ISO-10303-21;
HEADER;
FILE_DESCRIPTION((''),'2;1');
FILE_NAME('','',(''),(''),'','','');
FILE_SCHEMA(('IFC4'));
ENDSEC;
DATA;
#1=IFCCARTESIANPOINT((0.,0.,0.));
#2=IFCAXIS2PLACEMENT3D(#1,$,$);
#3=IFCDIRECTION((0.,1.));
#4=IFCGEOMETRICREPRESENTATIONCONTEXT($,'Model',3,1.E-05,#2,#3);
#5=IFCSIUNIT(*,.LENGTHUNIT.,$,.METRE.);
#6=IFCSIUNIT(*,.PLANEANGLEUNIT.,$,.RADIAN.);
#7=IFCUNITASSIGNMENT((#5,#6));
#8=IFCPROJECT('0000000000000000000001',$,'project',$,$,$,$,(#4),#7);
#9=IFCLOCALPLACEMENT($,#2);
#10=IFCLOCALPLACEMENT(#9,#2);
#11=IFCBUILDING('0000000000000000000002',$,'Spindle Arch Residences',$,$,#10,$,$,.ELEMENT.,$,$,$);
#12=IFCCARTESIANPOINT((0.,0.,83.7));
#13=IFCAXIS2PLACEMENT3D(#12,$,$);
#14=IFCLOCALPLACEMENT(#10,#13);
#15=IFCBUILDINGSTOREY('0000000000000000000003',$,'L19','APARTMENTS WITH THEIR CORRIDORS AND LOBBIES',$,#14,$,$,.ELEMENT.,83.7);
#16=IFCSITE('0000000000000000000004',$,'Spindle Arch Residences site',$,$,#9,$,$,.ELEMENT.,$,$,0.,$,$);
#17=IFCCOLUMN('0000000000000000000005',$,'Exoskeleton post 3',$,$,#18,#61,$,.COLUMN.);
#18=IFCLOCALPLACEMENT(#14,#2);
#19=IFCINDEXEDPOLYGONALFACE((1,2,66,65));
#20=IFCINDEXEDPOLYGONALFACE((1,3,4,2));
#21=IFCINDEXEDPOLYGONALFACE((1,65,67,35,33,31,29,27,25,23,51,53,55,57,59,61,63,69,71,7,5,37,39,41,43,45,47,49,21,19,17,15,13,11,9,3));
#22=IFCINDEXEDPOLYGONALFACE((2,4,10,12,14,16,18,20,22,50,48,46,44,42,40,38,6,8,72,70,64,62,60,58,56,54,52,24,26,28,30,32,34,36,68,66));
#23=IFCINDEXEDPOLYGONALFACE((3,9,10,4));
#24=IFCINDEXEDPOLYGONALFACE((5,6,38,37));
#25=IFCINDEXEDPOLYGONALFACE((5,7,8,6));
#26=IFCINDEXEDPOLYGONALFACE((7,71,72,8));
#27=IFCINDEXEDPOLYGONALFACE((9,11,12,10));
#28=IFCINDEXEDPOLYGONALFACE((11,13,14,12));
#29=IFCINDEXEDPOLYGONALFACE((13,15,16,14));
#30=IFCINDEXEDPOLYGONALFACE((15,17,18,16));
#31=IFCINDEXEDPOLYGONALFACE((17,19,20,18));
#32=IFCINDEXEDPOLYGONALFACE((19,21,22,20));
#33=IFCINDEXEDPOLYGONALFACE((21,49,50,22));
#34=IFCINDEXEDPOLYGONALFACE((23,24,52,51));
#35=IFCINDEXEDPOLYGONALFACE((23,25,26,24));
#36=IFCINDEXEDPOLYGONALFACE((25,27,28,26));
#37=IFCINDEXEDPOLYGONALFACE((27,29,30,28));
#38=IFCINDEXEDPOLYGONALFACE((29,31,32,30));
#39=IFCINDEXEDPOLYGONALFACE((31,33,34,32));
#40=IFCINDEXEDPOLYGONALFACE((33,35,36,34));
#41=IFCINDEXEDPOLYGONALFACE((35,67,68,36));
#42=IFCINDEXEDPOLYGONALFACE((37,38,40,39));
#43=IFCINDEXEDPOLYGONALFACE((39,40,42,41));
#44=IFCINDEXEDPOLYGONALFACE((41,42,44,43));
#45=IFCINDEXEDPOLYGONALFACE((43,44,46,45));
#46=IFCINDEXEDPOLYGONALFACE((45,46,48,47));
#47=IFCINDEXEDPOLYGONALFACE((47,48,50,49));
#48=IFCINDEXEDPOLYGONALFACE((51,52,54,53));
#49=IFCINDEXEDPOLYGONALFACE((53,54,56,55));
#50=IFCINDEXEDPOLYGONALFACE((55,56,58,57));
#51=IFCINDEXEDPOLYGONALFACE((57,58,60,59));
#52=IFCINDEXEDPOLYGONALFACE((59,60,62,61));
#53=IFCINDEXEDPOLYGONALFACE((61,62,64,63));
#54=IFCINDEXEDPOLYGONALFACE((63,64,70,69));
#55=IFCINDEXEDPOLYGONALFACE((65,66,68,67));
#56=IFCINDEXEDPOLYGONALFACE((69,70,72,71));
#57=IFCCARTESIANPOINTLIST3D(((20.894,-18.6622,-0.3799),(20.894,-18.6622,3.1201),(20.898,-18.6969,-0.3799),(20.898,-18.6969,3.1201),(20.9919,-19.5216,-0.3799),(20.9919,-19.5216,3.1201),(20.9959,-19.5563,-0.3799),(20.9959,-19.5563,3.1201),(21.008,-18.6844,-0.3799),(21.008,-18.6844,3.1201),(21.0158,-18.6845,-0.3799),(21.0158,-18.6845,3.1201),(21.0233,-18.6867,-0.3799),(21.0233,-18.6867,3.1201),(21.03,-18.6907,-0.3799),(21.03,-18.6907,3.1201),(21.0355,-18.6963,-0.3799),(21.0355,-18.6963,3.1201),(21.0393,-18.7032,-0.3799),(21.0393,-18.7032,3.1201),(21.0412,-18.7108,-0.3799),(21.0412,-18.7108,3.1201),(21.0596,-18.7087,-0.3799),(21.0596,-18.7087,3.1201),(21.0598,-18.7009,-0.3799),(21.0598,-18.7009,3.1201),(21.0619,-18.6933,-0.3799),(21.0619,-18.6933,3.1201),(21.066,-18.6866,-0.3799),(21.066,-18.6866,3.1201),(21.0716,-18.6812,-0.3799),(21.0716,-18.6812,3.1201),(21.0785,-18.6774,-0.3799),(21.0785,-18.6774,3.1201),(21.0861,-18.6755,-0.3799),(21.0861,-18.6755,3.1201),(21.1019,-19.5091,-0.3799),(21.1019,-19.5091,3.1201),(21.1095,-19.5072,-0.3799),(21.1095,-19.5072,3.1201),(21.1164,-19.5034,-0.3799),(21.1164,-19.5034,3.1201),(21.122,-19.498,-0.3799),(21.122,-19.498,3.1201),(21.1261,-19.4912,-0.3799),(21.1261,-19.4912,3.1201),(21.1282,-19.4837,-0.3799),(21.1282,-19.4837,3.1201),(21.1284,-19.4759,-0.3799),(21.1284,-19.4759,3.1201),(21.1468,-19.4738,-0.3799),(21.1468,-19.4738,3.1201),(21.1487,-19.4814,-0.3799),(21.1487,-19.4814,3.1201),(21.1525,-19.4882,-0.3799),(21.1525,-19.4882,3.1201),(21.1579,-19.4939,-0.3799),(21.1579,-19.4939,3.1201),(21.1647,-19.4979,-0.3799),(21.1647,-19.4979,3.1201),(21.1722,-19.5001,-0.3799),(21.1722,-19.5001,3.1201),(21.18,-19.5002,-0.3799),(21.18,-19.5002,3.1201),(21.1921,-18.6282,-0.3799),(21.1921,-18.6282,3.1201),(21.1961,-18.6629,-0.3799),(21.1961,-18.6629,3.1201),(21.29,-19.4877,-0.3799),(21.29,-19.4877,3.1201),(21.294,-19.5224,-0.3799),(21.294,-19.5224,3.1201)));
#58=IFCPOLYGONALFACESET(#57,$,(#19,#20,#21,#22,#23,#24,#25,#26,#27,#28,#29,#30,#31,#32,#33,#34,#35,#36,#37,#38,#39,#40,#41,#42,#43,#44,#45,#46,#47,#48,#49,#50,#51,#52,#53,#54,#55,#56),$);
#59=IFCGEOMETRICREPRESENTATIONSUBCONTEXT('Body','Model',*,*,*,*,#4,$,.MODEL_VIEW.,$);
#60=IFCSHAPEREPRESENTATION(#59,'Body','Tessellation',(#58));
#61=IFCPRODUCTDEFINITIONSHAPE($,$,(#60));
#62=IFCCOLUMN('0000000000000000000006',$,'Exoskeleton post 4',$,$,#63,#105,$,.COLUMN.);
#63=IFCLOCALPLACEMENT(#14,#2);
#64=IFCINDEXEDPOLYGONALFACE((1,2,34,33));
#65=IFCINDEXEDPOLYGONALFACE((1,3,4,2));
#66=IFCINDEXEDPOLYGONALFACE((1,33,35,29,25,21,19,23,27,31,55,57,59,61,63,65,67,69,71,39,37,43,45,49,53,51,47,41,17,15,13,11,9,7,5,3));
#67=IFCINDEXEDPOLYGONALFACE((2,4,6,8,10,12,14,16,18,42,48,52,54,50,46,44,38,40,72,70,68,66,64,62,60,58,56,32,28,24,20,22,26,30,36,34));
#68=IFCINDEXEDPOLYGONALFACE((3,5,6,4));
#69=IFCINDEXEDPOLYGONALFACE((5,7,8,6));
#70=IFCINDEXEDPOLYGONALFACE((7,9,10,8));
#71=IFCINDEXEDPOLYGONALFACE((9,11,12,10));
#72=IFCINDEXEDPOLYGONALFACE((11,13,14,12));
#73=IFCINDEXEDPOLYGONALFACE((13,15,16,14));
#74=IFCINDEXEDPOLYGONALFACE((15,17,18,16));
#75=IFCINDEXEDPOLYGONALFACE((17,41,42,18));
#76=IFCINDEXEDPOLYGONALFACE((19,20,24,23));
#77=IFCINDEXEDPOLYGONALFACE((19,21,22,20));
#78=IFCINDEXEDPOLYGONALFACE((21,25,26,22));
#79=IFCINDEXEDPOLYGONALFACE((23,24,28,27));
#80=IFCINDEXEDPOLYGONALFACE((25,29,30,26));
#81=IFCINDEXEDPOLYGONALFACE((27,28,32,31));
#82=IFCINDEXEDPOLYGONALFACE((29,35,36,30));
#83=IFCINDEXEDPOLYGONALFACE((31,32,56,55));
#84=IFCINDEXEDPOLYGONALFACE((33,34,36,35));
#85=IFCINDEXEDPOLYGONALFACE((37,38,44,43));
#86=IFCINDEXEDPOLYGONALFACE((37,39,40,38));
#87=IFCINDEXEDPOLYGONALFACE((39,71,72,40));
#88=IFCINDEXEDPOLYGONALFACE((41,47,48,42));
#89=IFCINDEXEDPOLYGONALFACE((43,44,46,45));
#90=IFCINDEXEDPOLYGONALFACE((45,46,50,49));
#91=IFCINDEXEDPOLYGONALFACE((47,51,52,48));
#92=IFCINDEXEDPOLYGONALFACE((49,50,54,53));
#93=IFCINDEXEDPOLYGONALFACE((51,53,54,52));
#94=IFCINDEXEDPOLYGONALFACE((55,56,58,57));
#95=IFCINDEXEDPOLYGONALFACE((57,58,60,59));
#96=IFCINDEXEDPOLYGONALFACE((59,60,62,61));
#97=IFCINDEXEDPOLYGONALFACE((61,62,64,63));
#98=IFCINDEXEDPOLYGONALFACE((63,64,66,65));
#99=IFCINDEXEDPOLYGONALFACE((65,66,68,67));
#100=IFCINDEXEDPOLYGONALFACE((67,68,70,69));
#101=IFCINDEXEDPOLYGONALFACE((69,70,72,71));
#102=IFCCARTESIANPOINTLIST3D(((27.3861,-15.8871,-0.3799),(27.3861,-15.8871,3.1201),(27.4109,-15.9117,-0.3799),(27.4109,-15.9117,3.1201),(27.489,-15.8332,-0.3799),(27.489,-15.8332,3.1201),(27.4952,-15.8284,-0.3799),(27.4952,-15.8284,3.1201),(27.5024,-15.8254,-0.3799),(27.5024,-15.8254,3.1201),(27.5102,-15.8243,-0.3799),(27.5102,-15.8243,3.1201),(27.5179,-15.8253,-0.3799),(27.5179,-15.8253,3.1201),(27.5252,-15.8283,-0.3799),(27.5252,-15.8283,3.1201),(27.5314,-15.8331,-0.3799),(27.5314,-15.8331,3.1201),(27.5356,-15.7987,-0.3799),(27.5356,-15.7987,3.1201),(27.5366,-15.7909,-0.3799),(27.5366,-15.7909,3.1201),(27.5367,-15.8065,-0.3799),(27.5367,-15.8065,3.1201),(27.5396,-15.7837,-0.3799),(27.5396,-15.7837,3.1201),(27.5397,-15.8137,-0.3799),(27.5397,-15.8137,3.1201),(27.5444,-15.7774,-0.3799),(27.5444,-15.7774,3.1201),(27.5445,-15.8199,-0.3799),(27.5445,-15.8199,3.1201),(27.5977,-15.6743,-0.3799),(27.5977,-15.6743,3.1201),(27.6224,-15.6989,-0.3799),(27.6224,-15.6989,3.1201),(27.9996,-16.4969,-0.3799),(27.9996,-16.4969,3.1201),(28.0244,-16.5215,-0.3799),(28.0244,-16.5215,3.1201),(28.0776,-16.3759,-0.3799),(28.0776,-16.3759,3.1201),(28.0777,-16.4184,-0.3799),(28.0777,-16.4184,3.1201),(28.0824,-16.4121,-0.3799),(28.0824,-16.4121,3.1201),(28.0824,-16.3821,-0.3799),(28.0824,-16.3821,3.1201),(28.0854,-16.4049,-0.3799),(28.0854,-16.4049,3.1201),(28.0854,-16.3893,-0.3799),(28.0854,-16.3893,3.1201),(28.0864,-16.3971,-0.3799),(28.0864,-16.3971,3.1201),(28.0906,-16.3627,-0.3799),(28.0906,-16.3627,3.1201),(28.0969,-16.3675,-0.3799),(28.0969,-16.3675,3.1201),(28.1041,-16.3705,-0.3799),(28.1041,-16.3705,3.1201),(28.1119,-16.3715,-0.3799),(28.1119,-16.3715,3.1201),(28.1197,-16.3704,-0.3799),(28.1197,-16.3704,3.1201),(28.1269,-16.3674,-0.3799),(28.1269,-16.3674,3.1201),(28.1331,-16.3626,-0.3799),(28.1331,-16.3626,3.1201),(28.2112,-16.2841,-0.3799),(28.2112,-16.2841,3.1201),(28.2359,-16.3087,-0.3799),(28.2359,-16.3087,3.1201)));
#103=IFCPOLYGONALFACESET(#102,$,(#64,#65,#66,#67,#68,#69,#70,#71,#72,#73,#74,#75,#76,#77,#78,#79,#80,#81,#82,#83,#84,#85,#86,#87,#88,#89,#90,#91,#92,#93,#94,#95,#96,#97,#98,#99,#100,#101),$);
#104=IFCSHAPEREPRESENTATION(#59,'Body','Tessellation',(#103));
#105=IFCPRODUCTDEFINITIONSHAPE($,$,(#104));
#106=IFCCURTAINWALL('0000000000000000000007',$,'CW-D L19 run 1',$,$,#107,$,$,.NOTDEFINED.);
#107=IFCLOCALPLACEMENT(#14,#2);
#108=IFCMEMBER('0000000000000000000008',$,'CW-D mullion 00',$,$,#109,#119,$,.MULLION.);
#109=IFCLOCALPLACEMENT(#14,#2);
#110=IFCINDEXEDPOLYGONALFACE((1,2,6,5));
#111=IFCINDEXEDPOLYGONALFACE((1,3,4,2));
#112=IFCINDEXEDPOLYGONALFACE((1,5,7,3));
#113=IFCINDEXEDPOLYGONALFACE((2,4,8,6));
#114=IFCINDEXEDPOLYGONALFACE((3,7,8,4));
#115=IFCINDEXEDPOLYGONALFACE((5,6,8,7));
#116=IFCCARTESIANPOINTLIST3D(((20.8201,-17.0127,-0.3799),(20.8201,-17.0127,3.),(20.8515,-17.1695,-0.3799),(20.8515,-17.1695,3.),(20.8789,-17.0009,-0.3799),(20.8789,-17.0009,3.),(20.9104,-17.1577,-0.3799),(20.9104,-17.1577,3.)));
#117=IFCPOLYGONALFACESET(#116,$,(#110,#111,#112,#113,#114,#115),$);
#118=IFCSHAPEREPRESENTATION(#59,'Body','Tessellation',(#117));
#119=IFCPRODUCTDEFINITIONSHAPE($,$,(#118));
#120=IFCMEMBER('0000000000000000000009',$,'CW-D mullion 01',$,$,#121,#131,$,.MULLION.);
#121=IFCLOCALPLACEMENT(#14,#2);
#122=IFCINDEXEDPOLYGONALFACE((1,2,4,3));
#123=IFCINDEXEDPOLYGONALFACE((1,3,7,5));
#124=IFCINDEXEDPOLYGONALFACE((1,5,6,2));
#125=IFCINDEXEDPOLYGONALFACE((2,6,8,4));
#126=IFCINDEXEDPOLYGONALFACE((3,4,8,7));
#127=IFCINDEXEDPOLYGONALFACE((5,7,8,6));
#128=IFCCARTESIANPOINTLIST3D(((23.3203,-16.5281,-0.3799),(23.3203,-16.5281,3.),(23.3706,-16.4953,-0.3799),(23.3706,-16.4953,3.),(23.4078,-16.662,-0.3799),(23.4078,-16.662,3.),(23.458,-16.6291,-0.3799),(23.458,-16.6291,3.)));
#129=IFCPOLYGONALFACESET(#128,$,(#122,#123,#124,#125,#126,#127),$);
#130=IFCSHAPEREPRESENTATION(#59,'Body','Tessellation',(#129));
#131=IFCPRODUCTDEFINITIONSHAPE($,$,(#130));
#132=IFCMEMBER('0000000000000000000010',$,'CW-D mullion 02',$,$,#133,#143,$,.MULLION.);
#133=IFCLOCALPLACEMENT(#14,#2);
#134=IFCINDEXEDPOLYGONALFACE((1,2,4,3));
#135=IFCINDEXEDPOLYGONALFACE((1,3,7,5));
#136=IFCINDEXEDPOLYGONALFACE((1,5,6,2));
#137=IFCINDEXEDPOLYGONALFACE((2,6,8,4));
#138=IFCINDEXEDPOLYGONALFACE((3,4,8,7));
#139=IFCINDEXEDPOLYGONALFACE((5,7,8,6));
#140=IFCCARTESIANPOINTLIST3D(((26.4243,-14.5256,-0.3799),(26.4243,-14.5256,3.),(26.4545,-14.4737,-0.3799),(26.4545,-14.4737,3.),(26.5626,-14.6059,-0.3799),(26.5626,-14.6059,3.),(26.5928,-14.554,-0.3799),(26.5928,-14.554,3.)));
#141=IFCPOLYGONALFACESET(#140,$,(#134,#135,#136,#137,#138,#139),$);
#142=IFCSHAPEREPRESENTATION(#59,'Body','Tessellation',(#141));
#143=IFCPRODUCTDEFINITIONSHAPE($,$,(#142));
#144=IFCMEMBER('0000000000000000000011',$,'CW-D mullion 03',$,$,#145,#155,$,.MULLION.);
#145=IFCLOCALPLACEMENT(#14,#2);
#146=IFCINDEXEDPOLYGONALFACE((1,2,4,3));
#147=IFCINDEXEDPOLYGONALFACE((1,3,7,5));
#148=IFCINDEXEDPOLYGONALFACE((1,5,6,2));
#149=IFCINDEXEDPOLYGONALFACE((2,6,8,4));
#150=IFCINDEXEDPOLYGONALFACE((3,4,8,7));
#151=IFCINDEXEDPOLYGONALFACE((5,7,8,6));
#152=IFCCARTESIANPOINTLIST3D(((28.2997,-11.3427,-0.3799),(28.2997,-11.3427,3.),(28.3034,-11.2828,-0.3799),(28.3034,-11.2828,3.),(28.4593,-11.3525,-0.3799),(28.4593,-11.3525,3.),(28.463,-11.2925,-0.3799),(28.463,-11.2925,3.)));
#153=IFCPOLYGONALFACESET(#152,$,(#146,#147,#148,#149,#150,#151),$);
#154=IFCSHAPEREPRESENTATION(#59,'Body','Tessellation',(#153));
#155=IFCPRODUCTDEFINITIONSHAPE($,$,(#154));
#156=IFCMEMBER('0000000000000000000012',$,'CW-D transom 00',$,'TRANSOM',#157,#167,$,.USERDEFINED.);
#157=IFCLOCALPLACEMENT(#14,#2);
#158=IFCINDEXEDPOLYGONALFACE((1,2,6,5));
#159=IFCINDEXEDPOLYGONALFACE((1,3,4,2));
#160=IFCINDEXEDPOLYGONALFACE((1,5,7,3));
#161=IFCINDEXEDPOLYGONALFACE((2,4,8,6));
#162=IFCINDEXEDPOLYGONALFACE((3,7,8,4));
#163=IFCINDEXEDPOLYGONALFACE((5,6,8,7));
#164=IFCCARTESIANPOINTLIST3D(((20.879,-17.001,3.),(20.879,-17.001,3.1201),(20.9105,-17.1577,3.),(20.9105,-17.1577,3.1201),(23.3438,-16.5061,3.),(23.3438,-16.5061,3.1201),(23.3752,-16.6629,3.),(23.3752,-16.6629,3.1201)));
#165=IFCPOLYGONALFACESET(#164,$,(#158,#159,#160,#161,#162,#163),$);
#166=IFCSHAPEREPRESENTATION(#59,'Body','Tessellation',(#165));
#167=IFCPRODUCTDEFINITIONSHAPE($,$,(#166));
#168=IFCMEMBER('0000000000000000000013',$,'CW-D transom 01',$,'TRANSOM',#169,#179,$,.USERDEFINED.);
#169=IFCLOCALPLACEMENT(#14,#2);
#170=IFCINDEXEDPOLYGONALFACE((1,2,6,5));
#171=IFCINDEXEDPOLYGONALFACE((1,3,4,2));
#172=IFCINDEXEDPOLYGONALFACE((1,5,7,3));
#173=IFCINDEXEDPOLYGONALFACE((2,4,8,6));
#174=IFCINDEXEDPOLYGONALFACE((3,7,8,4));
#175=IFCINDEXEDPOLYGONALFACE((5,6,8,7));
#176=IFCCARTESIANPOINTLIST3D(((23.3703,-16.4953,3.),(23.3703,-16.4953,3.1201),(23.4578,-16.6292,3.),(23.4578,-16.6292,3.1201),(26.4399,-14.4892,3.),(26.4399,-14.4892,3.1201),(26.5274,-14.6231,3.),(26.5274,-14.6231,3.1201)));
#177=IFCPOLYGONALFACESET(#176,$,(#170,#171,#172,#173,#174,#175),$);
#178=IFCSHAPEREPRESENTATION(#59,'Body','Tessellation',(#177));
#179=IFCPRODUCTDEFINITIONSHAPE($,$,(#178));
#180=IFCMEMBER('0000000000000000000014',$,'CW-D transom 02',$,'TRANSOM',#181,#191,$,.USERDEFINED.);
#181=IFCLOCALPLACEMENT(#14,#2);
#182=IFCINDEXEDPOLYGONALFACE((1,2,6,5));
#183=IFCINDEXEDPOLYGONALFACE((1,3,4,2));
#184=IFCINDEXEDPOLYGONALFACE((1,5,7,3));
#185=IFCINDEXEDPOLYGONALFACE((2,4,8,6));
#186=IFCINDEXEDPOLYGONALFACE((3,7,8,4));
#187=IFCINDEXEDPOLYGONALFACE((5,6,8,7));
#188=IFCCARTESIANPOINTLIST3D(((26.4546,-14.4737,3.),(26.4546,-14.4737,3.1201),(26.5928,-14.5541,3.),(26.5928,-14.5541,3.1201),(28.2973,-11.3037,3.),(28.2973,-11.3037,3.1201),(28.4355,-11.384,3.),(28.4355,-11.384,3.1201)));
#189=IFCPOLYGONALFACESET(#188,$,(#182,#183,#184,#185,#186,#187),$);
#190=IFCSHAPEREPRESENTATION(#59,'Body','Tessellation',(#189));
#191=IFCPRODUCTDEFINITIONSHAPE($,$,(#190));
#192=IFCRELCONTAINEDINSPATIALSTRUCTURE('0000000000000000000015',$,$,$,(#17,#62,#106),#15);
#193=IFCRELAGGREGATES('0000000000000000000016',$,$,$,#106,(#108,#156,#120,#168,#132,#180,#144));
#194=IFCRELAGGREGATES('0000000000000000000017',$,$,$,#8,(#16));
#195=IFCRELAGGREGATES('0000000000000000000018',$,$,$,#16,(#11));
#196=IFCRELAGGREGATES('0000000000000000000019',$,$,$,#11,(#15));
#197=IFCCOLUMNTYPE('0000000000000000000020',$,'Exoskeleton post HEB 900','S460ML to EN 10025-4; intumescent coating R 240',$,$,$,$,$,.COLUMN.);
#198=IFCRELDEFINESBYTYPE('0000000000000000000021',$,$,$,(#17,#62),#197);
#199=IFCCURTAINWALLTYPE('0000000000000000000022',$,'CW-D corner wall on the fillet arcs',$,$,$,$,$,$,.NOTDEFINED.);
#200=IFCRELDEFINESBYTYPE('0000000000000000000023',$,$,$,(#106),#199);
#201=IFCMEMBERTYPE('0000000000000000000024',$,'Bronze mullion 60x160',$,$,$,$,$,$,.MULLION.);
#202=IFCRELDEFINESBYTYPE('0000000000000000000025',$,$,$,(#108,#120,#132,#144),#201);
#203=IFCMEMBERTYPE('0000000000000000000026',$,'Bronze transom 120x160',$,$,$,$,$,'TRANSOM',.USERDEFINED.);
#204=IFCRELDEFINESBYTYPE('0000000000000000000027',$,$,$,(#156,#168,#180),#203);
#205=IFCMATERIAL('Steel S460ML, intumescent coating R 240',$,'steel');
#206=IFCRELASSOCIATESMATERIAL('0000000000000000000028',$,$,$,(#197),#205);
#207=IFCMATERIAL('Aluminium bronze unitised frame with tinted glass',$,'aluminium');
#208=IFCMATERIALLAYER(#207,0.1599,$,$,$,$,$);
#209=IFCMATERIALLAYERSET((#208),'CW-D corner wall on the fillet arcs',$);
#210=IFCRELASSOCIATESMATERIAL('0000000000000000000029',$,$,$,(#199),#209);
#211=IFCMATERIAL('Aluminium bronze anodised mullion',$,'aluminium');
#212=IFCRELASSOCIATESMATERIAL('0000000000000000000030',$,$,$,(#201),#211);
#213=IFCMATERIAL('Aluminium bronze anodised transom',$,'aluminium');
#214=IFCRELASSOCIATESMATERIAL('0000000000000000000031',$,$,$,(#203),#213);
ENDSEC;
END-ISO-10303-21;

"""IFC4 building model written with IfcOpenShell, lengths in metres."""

from ifc_helpers import new_model, si_unit, direction, frame, origin, origin_2d, place, context, subcontext, project, spatial, rectangle, i_section, extrude, material, layer, layer_set, material_profile, profile_set, type_object, element, aggregate, save


model = new_model("IFC4")

# Units and contexts
model_context = context("Model", 3, precision=1e-05, world=origin(), true_north=direction((0.0, 1.0)))
body_context = subcontext(model_context, "Body", "Model", "MODEL_VIEW")
ifc_project = project(units=[si_unit("LENGTHUNIT", "METRE"), si_unit("PLANEANGLEUNIT", "RADIAN")], contexts=[model_context])

# Site, building, storey
site_placement = place(None, origin())
site = spatial("IfcSite", under=ifc_project, at=site_placement, Name="Spindle Arch Residences site", CompositionType="ELEMENT", RefElevation=0.0)
building_placement = place(site_placement, origin())
building = spatial("IfcBuilding", under=site, at=building_placement, Name="Spindle Arch Residences", CompositionType="ELEMENT")
storey_placement = place(building_placement, frame((0.0, 0.0, 83.7)))
storey = spatial("IfcBuildingStorey", under=building, at=storey_placement, Name="L19", Description="APARTMENTS WITH THEIR CORRIDORS AND LOBBIES", CompositionType="ELEMENT", Elevation=83.7)

# Columns
ifc_material_1 = material(Name="Steel S460ML, intumescent coating R 240", Category="steel")
ifc_material_profile_1 = material_profile(ifc_material_1, i_section(OverallWidth=0.3, OverallDepth=0.8999, WebThickness=0.0186, FlangeThickness=0.0349, FilletRadius=0.03, at=origin_2d()), Name="HEB 900")
ifc_profile_set_1 = profile_set([ifc_material_profile_1], Name="Steel S460ML, intumescent coating R 240")
column_type = type_object("IfcColumnType", Name="Exoskeleton post HEB 900", Description="S460ML to EN 10025-4; intumescent coating R 240", PredefinedType="COLUMN", material=ifc_profile_set_1)
for number, where, z_axis, x_axis, name in (
    (1, (21.094, -19.0923, -0.3799), (0.0, 0.0, 1.0), (-0.993572, -0.113203, 0.0), "Exoskeleton post 3"),
    (2, (27.811, -16.0979, -0.3799), (0.0, 0.0, 1.0), (-0.704963, -0.709244, 0.0), "Exoskeleton post 4"),
):
    element("IfcColumn", number, at=place(storey_placement, frame(where, z_axis=z_axis, x_axis=x_axis)), inside=storey, type_object=column_type, Name=name, PredefinedType="COLUMN", context=body_context, shape_type="SweptSolid", body=[
        extrude(i_section(OverallWidth=0.3, OverallDepth=0.8999, WebThickness=0.0186, FlangeThickness=0.0349, FilletRadius=0.03, at=origin_2d()), origin(), (0.0, 0.0, 1.0), 3.5),
    ])

# Curtain wall, members
ifc_material_2 = material(Name="Aluminium bronze unitised frame with tinted glass", Category="aluminium")
ifc_layer_1 = layer(ifc_material_2, 0.1599)
ifc_layer_set_1 = layer_set([ifc_layer_1], Name="CW-D corner wall on the fillet arcs")
curtain_wall_type_1 = type_object("IfcCurtainWallType", Name="CW-D corner wall on the fillet arcs", PredefinedType="NOTDEFINED", material=ifc_layer_set_1)
curtain_wall_1_placement = place(storey_placement, origin())
curtain_wall_1 = element("IfcCurtainWall", 3, at=curtain_wall_1_placement, inside=storey, type_object=curtain_wall_type_1, Name="CW-D L19 run 1", PredefinedType="NOTDEFINED")
ifc_material_3 = material(Name="Aluminium bronze anodised mullion", Category="aluminium")
ifc_material_profile_2 = material_profile(ifc_material_3, rectangle(XDim=0.1599, YDim=0.0601, at=origin_2d()), Name="MU 60x160")
ifc_profile_set_2 = profile_set([ifc_material_profile_2], Name="Aluminium bronze anodised mullion")
member_type_1 = type_object("IfcMemberType", Name="Bronze mullion 60x160", PredefinedType="MULLION", material=ifc_profile_set_2)
member_1_placement = place(storey_placement, frame((20.8652, -17.0852, -0.3799), z_axis=(0.0, 0.0, 1.0), x_axis=(-0.196863, 0.980431, 0.0)))
member_1 = element("IfcMember", 4, at=member_1_placement, type_object=member_type_1, Name="CW-D mullion 00", PredefinedType="MULLION", context=body_context, shape_type="SweptSolid", body=[
    extrude(rectangle(XDim=0.1599, YDim=0.0601, at=origin_2d()), origin(), (0.0, 0.0, 1.0), 3.3799),
])
member_2_placement = place(storey_placement, frame((23.3892, -16.5786, -0.3799), z_axis=(0.0, 0.0, 1.0), x_axis=(-0.547076, 0.837083, 0.0)))
member_2 = element("IfcMember", 5, at=member_2_placement, type_object=member_type_1, Name="CW-D mullion 01", PredefinedType="MULLION", context=body_context, shape_type="SweptSolid", body=[
    extrude(rectangle(XDim=0.1599, YDim=0.0601, at=origin_2d()), origin(), (0.0, 0.0, 1.0), 3.3799),
])
member_3_placement = place(storey_placement, frame((26.5085, -14.5398, -0.3799), z_axis=(0.0, 0.0, 1.0), x_axis=(-0.864567, 0.502517, 0.0)))
member_3 = element("IfcMember", 6, at=member_3_placement, type_object=member_type_1, Name="CW-D mullion 02", PredefinedType="MULLION", context=body_context, shape_type="SweptSolid", body=[
    extrude(rectangle(XDim=0.1599, YDim=0.0601, at=origin_2d()), origin(), (0.0, 0.0, 1.0), 3.3799),
])
member_4_placement = place(storey_placement, frame((28.3813, -11.3176, -0.3799), z_axis=(0.0, 0.0, 1.0), x_axis=(-0.998135, 0.061049, 0.0)))
member_4 = element("IfcMember", 7, at=member_4_placement, type_object=member_type_1, Name="CW-D mullion 03", PredefinedType="MULLION", context=body_context, shape_type="SweptSolid", body=[
    extrude(rectangle(XDim=0.1599, YDim=0.0601, at=origin_2d()), origin(), (0.0, 0.0, 1.0), 3.3799),
])
ifc_material_4 = material(Name="Aluminium bronze anodised transom", Category="aluminium")
ifc_material_profile_3 = material_profile(ifc_material_4, rectangle(XDim=0.1599, YDim=0.1201, at=origin_2d()), Name="TR 120x160")
ifc_profile_set_3 = profile_set([ifc_material_profile_3], Name="Aluminium bronze anodised transom")
member_type_2 = type_object("IfcMemberType", Name="Bronze transom 120x160", ElementType="TRANSOM", PredefinedType="USERDEFINED", material=ifc_profile_set_3)
member_5_placement = place(storey_placement, frame((20.8948, -17.0793, 3.0601), z_axis=(0.980435, 0.196844, 0.0), x_axis=(-0.196844, 0.980435, 0.0)))
member_5 = element("IfcMember", 8, at=member_5_placement, type_object=member_type_2, Name="CW-D transom 00", ObjectType="TRANSOM", PredefinedType="USERDEFINED", context=body_context, shape_type="SweptSolid", body=[
    extrude(rectangle(XDim=0.1599, YDim=0.1201, at=origin_2d()), origin(), (0.0, 0.0, 1.0), 2.5139),
])
member_6_placement = place(storey_placement, frame((23.4141, -16.5623, 3.0601), z_axis=(0.837086, 0.547072, 0.0), x_axis=(-0.547072, 0.837086, 0.0)))
member_6 = element("IfcMember", 9, at=member_6_placement, type_object=member_type_2, Name="CW-D transom 01", ObjectType="TRANSOM", PredefinedType="USERDEFINED", context=body_context, shape_type="SweptSolid", body=[
    extrude(rectangle(XDim=0.1599, YDim=0.1201, at=origin_2d()), origin(), (0.0, 0.0, 1.0), 3.667),
])
member_7_placement = place(storey_placement, frame((26.5237, -14.5139, 3.0601), z_axis=(0.50255, 0.864548, 0.0), x_axis=(-0.864548, 0.50255, 0.0)))
member_7 = element("IfcMember", 10, at=member_7_placement, type_object=member_type_2, Name="CW-D transom 02", ObjectType="TRANSOM", PredefinedType="USERDEFINED", context=body_context, shape_type="SweptSolid", body=[
    extrude(rectangle(XDim=0.1599, YDim=0.1201, at=origin_2d()), origin(), (0.0, 0.0, 1.0), 3.6667),
])

aggregate(curtain_wall_1, [member_1, member_5, member_2, member_6, member_3, member_7, member_4])

save(model, "model.ifc")
